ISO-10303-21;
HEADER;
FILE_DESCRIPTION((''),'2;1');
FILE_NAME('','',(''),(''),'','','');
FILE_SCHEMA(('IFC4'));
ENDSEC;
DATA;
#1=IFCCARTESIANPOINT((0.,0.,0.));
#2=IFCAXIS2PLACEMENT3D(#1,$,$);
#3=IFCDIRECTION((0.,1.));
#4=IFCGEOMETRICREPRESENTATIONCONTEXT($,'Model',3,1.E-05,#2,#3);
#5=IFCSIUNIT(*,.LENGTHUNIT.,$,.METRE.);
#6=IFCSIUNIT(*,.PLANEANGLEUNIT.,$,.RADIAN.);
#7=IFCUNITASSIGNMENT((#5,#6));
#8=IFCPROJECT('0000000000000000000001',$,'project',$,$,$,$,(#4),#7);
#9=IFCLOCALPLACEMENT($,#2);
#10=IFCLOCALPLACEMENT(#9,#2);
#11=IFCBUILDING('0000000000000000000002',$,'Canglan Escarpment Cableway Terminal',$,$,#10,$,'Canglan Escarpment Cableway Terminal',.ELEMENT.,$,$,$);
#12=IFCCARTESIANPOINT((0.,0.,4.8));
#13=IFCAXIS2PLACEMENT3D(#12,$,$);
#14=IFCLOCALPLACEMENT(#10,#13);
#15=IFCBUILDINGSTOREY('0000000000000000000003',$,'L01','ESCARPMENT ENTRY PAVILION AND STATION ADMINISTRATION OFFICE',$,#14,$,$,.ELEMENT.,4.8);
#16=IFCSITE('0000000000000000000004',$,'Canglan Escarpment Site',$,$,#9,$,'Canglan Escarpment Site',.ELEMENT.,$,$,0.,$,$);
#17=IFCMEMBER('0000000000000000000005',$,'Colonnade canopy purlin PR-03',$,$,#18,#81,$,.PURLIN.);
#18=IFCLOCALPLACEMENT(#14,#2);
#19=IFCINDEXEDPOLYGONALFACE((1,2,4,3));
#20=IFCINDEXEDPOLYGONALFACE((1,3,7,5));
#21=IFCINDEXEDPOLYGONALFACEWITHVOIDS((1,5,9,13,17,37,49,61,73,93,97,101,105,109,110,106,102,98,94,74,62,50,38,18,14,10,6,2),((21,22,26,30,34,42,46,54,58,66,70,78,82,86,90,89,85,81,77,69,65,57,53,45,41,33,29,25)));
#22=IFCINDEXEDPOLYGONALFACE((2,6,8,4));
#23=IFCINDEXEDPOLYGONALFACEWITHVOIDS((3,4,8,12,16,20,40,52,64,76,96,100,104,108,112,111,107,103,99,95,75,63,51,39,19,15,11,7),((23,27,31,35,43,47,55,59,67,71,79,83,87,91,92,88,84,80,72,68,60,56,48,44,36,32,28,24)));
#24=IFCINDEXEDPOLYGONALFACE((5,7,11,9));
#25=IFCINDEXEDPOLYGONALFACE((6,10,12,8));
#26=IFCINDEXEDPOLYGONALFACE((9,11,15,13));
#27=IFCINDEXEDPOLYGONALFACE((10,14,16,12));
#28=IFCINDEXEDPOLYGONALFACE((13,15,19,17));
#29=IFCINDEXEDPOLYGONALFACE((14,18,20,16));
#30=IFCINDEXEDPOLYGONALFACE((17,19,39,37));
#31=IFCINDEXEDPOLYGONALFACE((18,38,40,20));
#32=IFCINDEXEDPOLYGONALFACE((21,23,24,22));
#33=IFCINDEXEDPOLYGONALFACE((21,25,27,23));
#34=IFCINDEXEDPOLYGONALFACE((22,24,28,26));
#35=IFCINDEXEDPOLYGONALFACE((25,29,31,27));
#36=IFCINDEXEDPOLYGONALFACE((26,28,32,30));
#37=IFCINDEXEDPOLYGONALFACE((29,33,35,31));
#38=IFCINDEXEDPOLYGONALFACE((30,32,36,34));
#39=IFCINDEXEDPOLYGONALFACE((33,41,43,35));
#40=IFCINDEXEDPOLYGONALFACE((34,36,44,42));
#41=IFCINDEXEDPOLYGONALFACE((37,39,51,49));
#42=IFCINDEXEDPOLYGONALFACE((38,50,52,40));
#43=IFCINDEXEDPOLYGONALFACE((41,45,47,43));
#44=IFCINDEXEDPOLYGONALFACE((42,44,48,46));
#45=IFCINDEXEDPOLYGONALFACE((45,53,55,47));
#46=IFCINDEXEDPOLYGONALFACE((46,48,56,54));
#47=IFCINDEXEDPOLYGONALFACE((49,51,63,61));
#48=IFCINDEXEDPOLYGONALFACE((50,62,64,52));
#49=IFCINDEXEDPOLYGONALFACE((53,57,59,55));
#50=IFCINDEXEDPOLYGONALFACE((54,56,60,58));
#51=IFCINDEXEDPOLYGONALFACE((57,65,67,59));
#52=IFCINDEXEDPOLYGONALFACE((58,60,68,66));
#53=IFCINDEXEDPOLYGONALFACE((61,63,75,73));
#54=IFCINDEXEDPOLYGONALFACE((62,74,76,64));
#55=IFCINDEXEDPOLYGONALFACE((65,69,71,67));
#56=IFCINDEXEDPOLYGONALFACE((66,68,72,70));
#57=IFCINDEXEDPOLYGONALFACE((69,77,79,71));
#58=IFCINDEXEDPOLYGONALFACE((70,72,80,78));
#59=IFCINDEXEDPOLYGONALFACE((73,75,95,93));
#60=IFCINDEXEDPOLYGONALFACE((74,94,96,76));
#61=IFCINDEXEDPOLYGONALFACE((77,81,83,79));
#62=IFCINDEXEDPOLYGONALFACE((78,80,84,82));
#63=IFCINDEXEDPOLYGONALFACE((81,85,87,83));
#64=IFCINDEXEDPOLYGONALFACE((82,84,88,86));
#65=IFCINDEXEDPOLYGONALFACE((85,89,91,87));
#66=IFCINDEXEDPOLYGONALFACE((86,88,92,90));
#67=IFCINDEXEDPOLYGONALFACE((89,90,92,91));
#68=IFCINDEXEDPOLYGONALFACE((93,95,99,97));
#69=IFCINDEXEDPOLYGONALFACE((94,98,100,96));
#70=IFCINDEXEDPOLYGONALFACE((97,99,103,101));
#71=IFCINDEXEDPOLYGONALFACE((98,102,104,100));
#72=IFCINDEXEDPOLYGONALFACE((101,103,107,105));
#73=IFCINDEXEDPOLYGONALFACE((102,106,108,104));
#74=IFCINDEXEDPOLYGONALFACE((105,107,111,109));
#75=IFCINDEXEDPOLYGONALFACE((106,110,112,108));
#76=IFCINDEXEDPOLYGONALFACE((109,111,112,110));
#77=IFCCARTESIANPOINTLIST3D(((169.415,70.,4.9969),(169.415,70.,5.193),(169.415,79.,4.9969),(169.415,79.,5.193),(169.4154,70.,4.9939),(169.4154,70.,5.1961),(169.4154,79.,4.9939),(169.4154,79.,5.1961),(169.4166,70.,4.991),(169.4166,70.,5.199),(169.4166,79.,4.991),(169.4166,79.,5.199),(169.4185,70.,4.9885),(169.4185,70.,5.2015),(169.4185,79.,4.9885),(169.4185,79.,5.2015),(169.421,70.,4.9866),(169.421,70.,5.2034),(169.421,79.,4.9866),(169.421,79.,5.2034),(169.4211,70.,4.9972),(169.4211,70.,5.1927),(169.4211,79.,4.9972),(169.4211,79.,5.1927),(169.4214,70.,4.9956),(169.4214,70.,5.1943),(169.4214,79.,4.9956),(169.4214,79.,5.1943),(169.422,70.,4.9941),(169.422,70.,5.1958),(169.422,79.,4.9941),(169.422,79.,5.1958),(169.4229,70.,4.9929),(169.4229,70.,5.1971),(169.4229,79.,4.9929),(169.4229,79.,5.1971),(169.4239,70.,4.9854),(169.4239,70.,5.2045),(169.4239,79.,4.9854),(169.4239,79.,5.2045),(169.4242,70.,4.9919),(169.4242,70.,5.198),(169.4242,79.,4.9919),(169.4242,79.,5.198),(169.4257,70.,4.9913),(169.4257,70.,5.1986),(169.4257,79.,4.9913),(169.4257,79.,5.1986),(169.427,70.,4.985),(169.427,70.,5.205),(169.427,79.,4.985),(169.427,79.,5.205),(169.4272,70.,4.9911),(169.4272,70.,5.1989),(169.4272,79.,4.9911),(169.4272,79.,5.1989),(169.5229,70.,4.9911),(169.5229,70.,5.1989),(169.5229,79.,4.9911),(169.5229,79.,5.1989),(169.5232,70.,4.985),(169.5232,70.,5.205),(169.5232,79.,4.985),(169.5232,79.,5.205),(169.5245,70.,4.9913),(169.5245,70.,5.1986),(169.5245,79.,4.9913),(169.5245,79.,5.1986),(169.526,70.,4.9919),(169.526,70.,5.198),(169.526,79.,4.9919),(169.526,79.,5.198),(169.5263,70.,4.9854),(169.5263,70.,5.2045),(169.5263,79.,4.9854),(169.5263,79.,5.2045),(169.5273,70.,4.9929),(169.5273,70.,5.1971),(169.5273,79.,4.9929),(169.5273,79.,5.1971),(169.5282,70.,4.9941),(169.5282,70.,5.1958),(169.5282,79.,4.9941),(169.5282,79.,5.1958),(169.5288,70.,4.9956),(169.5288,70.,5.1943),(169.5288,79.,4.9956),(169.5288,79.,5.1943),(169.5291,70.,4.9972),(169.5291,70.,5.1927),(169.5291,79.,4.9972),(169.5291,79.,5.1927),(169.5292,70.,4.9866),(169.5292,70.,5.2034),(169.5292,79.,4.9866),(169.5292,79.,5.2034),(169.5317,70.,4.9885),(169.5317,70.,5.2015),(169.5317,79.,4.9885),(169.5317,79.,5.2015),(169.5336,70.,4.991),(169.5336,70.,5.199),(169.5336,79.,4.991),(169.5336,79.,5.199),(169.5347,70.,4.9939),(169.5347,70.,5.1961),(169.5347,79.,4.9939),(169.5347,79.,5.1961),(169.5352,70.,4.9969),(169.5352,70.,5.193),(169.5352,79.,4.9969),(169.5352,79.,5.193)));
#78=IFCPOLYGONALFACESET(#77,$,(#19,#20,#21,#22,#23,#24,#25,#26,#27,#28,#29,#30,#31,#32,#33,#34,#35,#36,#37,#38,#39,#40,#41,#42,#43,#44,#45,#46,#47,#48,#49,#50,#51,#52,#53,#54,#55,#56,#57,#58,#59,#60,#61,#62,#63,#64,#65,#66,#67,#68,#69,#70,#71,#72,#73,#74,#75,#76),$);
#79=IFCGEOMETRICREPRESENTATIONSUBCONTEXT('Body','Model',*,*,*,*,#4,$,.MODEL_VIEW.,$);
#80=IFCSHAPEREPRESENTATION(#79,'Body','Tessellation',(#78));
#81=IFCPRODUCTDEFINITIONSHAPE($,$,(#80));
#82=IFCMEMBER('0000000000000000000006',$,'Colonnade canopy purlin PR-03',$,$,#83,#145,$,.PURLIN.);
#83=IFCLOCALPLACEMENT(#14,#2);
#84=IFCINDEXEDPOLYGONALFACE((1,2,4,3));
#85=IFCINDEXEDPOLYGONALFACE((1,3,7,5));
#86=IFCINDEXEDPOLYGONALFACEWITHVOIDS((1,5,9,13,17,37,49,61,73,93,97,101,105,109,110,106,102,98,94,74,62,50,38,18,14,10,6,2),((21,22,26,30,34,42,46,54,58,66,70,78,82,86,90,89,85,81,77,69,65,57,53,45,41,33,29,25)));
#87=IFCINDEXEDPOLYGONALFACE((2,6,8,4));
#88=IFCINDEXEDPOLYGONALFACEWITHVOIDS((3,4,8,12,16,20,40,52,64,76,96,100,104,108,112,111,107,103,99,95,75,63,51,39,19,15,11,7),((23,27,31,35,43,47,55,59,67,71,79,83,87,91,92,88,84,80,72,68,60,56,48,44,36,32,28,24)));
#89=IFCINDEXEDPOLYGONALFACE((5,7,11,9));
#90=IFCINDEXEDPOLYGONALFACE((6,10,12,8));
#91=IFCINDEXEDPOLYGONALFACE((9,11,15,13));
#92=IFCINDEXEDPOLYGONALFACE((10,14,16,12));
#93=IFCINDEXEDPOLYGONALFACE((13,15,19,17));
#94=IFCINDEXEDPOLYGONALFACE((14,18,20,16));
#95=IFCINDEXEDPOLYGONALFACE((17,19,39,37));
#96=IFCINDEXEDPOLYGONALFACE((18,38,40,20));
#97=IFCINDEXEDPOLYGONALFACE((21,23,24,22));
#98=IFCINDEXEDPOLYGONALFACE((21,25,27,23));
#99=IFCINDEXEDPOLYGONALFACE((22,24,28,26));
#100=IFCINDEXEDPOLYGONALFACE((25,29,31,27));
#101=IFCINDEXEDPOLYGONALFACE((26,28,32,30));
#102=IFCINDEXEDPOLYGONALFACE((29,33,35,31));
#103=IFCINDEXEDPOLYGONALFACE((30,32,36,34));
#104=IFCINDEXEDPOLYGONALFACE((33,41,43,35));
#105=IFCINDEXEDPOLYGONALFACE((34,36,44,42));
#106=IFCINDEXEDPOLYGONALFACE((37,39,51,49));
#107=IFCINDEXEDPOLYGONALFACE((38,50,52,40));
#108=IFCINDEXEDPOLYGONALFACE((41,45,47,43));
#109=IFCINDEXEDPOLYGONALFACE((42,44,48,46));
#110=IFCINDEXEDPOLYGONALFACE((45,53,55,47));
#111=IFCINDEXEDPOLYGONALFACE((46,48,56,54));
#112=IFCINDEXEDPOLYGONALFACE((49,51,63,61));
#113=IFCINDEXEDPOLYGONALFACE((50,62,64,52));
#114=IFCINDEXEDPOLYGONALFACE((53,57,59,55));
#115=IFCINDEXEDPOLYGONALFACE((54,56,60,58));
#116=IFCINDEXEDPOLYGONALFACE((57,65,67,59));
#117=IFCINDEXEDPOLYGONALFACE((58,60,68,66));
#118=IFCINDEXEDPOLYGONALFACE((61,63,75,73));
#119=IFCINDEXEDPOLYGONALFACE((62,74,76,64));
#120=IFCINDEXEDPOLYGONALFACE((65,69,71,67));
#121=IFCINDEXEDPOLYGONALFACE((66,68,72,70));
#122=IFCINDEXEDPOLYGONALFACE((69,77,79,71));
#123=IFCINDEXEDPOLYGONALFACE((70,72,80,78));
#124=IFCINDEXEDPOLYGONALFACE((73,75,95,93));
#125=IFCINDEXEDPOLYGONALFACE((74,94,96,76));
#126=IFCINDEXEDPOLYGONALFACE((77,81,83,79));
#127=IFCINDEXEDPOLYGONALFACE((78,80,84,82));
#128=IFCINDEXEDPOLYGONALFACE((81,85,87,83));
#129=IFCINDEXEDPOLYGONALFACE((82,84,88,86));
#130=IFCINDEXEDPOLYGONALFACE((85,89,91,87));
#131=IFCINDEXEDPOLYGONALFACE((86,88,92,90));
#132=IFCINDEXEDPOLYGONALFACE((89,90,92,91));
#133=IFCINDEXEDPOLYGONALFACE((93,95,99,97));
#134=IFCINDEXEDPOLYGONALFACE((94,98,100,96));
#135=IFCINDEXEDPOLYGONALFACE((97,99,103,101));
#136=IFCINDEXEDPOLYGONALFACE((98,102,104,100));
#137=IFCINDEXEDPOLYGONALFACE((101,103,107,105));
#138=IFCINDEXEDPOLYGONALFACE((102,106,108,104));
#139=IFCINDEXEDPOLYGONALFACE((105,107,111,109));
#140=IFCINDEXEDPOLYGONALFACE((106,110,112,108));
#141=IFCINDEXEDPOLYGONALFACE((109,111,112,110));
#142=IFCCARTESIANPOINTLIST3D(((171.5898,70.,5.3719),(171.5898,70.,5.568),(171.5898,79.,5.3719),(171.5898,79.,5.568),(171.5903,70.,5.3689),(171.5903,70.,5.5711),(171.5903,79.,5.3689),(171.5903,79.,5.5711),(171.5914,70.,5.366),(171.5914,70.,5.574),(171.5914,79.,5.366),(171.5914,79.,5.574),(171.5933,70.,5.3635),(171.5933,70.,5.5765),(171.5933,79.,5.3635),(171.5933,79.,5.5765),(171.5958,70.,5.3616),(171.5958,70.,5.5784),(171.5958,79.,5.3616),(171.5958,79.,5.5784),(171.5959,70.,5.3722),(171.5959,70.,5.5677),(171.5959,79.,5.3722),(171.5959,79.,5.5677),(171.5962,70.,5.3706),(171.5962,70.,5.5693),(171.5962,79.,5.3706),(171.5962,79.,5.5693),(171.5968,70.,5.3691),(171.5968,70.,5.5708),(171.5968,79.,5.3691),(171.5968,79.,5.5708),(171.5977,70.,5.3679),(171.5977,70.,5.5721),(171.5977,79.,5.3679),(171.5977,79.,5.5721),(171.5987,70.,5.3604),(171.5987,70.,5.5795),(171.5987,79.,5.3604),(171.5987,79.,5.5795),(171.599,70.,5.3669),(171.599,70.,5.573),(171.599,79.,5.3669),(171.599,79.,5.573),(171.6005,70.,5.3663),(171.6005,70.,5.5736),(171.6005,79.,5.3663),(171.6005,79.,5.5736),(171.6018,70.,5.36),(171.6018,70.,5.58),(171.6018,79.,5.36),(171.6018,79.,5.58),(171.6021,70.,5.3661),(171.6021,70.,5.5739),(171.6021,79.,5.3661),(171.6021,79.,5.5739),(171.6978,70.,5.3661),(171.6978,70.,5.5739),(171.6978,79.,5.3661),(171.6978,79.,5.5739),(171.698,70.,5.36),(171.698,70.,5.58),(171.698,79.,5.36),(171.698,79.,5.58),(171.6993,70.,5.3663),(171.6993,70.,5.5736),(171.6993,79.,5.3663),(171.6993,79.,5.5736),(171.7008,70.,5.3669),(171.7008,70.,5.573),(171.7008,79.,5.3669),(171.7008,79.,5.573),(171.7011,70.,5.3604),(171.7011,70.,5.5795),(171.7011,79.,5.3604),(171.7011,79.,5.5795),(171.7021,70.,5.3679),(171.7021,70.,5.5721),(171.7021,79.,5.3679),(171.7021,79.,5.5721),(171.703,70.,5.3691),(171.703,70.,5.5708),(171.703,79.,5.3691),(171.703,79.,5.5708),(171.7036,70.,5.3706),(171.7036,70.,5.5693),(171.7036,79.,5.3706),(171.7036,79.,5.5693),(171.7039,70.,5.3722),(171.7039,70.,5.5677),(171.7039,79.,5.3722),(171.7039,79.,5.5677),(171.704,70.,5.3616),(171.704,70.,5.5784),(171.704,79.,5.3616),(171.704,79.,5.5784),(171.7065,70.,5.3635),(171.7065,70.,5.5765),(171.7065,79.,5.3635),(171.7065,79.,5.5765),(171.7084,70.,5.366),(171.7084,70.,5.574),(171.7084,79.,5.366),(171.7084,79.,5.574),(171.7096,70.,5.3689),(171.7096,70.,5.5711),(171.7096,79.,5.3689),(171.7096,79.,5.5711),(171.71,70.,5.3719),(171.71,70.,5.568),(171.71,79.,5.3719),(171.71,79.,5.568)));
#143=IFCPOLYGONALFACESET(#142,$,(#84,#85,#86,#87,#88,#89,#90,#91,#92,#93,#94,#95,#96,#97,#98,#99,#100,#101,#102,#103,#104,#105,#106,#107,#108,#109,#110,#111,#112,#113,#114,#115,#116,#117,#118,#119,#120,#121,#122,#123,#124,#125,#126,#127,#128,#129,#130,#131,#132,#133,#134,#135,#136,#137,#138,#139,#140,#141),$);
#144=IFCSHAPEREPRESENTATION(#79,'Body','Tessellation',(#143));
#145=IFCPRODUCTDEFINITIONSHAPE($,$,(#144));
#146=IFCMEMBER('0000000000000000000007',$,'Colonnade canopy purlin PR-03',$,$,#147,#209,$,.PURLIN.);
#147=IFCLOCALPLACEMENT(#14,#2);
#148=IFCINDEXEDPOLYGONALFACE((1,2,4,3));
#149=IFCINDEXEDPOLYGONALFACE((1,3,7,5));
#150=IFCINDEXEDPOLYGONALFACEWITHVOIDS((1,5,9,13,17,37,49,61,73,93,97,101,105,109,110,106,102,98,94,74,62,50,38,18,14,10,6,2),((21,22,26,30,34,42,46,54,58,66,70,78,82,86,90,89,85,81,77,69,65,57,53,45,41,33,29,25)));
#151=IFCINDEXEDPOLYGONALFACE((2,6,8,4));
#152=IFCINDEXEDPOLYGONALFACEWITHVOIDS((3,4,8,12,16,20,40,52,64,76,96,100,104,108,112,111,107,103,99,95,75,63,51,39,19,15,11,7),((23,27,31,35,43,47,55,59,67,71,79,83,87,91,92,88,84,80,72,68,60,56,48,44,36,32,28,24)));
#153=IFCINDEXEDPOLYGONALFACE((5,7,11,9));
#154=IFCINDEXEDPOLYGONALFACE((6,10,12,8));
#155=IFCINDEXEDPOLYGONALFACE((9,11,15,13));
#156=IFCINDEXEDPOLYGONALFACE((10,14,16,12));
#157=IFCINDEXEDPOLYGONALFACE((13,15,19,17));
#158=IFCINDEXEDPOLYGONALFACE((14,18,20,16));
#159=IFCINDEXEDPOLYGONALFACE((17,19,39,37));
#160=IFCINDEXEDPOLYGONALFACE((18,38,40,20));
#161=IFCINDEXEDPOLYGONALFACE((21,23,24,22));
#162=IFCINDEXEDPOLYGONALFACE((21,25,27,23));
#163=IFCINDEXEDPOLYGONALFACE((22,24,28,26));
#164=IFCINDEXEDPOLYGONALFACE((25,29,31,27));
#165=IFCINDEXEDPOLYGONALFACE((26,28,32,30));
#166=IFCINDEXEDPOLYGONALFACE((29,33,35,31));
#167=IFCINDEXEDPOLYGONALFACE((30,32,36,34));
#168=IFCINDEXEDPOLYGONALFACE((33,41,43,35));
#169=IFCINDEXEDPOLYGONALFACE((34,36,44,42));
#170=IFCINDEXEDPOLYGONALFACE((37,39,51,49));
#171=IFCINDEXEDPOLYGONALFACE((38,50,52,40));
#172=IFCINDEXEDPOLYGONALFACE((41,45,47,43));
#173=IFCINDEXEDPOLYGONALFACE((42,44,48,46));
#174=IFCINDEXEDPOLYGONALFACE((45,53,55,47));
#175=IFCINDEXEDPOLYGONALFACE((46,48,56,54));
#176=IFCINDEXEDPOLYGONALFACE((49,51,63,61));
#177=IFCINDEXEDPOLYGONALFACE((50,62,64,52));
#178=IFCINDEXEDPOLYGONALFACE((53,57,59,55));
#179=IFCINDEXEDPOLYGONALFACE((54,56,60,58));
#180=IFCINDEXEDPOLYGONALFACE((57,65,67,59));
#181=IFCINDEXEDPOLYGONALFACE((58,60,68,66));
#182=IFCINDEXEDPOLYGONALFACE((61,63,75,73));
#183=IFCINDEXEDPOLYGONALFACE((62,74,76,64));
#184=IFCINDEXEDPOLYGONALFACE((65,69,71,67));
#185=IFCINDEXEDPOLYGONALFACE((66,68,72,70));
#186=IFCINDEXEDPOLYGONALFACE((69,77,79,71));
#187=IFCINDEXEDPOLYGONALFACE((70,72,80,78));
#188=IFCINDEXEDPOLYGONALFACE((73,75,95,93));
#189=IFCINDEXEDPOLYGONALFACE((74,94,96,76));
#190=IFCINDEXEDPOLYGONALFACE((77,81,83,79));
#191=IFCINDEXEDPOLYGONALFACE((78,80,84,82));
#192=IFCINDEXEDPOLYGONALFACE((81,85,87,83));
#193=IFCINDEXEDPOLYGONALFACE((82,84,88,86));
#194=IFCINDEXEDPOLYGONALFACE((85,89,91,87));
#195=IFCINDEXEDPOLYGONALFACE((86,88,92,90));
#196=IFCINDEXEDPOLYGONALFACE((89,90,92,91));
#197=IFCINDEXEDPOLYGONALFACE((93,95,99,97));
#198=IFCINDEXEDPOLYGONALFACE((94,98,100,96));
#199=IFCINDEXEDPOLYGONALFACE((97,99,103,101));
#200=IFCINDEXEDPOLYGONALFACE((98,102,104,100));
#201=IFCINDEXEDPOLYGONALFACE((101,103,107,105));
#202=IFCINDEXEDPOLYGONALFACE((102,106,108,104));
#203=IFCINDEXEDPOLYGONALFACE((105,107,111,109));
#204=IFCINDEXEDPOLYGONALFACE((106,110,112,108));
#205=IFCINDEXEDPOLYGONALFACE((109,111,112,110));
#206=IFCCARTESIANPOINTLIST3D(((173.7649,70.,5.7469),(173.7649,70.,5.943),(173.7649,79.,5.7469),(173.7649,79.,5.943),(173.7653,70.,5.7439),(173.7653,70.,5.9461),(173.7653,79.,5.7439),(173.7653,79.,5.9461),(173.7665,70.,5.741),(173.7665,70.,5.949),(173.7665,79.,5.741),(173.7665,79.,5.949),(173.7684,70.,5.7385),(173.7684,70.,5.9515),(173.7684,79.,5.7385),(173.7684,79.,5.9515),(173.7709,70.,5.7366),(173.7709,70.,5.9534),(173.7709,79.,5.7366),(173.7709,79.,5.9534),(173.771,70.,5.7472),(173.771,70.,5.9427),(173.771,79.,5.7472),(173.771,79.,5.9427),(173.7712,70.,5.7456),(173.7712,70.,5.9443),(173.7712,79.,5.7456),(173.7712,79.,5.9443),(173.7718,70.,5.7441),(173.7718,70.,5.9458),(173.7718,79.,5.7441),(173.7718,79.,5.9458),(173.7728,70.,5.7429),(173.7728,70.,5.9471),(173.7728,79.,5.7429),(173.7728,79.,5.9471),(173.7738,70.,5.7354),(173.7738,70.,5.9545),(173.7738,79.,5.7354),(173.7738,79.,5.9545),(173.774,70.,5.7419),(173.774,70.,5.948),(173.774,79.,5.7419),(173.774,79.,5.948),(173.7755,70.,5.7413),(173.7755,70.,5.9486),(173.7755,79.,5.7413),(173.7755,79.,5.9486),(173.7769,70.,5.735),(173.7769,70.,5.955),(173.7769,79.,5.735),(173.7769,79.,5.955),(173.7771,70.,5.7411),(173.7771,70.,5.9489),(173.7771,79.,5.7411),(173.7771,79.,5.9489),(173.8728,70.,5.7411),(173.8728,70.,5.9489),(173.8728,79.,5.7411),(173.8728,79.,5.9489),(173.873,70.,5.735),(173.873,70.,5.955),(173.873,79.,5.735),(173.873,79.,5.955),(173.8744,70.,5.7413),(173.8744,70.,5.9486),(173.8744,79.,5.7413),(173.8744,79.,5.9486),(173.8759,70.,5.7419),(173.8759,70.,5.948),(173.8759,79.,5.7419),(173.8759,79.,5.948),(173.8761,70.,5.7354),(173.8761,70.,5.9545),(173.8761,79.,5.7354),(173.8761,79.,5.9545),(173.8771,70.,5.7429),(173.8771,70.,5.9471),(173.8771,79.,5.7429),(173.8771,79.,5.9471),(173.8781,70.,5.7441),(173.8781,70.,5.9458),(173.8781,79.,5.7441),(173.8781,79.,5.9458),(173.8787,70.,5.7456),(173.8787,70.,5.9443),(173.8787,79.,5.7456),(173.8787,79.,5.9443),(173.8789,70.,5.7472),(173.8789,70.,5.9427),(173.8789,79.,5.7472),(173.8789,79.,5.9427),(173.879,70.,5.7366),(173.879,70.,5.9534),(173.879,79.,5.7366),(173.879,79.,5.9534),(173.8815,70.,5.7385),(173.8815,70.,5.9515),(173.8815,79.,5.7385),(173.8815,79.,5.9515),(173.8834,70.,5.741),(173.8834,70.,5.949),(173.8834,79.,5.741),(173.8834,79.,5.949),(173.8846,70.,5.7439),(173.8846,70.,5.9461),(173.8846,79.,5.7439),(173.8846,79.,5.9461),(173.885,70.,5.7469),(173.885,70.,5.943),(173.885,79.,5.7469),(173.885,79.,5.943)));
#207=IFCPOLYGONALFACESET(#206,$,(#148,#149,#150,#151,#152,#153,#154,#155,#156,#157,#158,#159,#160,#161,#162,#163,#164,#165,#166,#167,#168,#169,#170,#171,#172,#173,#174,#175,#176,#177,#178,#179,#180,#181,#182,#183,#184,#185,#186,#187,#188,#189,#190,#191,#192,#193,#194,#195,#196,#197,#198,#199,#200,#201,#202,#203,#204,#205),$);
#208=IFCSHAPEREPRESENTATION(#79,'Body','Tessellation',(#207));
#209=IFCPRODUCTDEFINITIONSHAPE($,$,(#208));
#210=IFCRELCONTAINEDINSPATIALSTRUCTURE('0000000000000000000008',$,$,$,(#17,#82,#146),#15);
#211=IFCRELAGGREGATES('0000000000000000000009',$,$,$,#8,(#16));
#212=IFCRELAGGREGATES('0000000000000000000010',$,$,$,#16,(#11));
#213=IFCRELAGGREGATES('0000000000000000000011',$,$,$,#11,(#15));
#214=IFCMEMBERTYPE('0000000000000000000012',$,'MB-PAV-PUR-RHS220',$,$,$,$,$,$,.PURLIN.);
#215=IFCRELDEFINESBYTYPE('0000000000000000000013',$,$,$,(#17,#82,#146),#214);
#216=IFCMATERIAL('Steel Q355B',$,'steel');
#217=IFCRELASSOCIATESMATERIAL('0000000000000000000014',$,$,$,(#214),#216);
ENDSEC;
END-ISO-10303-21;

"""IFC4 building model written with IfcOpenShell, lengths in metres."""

from ifc_helpers import new_model, si_unit, direction, frame, origin, origin_2d, place, context, subcontext, project, spatial, hollow_rectangle, extrude, material, material_profile, profile_set, type_object, element, save


model = new_model("IFC4")

# Units and contexts
model_context = context("Model", 3, precision=1e-05, world=origin(), true_north=direction((0.0, 1.0)))
body_context = subcontext(model_context, "Body", "Model", "MODEL_VIEW")
ifc_project = project(units=[si_unit("LENGTHUNIT", "METRE"), si_unit("PLANEANGLEUNIT", "RADIAN")], contexts=[model_context])

# Site, building, storey
site_placement = place(None, origin())
site = spatial("IfcSite", under=ifc_project, at=site_placement, Name="Canglan Escarpment Site", LongName="Canglan Escarpment Site", CompositionType="ELEMENT", RefElevation=0.0)
building_placement = place(site_placement, origin())
building = spatial("IfcBuilding", under=site, at=building_placement, Name="Canglan Escarpment Cableway Terminal", LongName="Canglan Escarpment Cableway Terminal", CompositionType="ELEMENT")
storey_placement = place(building_placement, frame((0.0, 0.0, 4.8)))
storey = spatial("IfcBuildingStorey", under=building, at=storey_placement, Name="L01", Description="ESCARPMENT ENTRY PAVILION AND STATION ADMINISTRATION OFFICE", CompositionType="ELEMENT", Elevation=4.8)

# Shared definitions
ifc_material_1 = material(Name="Steel Q355B", Category="steel")

# Members
ifc_material_profile_1 = material_profile(ifc_material_1, hollow_rectangle(XDim=0.1201, YDim=0.22, WallThickness=0.0061, InnerFilletRadius=0.0061, OuterFilletRadius=0.012, at=origin_2d()), Name="RHS 220x120x6")
ifc_profile_set_1 = profile_set([ifc_material_profile_1], Name="Steel Q355B")
member_type_1 = type_object("IfcMemberType", Name="MB-PAV-PUR-RHS220", PredefinedType="PURLIN", material=ifc_profile_set_1)
for number, where, z_axis, x_axis, name in (
    (1, (169.4751, 70.0, 5.095), (0.0, 1.0, 0.0), (-1.0, 0.0, 0.0), "Colonnade canopy purlin PR-03"),
    (2, (171.6499, 70.0, 5.47), (0.0, 1.0, 0.0), (-1.0, 0.0, 0.0), "Colonnade canopy purlin PR-03"),
    (3, (173.825, 70.0, 5.845), (0.0, 1.0, 0.0), (-1.0, 0.0, 0.0), "Colonnade canopy purlin PR-03"),
):
    element("IfcMember", number, at=place(storey_placement, frame(where, z_axis=z_axis, x_axis=x_axis)), inside=storey, type_object=member_type_1, Name=name, PredefinedType="PURLIN", context=body_context, shape_type="SweptSolid", body=[
        extrude(hollow_rectangle(XDim=0.1201, YDim=0.22, WallThickness=0.0061, InnerFilletRadius=0.0061, OuterFilletRadius=0.012, at=origin_2d()), origin(), (0.0, 0.0, 1.0), 9.0),
    ])

save(model, "model.ifc")
